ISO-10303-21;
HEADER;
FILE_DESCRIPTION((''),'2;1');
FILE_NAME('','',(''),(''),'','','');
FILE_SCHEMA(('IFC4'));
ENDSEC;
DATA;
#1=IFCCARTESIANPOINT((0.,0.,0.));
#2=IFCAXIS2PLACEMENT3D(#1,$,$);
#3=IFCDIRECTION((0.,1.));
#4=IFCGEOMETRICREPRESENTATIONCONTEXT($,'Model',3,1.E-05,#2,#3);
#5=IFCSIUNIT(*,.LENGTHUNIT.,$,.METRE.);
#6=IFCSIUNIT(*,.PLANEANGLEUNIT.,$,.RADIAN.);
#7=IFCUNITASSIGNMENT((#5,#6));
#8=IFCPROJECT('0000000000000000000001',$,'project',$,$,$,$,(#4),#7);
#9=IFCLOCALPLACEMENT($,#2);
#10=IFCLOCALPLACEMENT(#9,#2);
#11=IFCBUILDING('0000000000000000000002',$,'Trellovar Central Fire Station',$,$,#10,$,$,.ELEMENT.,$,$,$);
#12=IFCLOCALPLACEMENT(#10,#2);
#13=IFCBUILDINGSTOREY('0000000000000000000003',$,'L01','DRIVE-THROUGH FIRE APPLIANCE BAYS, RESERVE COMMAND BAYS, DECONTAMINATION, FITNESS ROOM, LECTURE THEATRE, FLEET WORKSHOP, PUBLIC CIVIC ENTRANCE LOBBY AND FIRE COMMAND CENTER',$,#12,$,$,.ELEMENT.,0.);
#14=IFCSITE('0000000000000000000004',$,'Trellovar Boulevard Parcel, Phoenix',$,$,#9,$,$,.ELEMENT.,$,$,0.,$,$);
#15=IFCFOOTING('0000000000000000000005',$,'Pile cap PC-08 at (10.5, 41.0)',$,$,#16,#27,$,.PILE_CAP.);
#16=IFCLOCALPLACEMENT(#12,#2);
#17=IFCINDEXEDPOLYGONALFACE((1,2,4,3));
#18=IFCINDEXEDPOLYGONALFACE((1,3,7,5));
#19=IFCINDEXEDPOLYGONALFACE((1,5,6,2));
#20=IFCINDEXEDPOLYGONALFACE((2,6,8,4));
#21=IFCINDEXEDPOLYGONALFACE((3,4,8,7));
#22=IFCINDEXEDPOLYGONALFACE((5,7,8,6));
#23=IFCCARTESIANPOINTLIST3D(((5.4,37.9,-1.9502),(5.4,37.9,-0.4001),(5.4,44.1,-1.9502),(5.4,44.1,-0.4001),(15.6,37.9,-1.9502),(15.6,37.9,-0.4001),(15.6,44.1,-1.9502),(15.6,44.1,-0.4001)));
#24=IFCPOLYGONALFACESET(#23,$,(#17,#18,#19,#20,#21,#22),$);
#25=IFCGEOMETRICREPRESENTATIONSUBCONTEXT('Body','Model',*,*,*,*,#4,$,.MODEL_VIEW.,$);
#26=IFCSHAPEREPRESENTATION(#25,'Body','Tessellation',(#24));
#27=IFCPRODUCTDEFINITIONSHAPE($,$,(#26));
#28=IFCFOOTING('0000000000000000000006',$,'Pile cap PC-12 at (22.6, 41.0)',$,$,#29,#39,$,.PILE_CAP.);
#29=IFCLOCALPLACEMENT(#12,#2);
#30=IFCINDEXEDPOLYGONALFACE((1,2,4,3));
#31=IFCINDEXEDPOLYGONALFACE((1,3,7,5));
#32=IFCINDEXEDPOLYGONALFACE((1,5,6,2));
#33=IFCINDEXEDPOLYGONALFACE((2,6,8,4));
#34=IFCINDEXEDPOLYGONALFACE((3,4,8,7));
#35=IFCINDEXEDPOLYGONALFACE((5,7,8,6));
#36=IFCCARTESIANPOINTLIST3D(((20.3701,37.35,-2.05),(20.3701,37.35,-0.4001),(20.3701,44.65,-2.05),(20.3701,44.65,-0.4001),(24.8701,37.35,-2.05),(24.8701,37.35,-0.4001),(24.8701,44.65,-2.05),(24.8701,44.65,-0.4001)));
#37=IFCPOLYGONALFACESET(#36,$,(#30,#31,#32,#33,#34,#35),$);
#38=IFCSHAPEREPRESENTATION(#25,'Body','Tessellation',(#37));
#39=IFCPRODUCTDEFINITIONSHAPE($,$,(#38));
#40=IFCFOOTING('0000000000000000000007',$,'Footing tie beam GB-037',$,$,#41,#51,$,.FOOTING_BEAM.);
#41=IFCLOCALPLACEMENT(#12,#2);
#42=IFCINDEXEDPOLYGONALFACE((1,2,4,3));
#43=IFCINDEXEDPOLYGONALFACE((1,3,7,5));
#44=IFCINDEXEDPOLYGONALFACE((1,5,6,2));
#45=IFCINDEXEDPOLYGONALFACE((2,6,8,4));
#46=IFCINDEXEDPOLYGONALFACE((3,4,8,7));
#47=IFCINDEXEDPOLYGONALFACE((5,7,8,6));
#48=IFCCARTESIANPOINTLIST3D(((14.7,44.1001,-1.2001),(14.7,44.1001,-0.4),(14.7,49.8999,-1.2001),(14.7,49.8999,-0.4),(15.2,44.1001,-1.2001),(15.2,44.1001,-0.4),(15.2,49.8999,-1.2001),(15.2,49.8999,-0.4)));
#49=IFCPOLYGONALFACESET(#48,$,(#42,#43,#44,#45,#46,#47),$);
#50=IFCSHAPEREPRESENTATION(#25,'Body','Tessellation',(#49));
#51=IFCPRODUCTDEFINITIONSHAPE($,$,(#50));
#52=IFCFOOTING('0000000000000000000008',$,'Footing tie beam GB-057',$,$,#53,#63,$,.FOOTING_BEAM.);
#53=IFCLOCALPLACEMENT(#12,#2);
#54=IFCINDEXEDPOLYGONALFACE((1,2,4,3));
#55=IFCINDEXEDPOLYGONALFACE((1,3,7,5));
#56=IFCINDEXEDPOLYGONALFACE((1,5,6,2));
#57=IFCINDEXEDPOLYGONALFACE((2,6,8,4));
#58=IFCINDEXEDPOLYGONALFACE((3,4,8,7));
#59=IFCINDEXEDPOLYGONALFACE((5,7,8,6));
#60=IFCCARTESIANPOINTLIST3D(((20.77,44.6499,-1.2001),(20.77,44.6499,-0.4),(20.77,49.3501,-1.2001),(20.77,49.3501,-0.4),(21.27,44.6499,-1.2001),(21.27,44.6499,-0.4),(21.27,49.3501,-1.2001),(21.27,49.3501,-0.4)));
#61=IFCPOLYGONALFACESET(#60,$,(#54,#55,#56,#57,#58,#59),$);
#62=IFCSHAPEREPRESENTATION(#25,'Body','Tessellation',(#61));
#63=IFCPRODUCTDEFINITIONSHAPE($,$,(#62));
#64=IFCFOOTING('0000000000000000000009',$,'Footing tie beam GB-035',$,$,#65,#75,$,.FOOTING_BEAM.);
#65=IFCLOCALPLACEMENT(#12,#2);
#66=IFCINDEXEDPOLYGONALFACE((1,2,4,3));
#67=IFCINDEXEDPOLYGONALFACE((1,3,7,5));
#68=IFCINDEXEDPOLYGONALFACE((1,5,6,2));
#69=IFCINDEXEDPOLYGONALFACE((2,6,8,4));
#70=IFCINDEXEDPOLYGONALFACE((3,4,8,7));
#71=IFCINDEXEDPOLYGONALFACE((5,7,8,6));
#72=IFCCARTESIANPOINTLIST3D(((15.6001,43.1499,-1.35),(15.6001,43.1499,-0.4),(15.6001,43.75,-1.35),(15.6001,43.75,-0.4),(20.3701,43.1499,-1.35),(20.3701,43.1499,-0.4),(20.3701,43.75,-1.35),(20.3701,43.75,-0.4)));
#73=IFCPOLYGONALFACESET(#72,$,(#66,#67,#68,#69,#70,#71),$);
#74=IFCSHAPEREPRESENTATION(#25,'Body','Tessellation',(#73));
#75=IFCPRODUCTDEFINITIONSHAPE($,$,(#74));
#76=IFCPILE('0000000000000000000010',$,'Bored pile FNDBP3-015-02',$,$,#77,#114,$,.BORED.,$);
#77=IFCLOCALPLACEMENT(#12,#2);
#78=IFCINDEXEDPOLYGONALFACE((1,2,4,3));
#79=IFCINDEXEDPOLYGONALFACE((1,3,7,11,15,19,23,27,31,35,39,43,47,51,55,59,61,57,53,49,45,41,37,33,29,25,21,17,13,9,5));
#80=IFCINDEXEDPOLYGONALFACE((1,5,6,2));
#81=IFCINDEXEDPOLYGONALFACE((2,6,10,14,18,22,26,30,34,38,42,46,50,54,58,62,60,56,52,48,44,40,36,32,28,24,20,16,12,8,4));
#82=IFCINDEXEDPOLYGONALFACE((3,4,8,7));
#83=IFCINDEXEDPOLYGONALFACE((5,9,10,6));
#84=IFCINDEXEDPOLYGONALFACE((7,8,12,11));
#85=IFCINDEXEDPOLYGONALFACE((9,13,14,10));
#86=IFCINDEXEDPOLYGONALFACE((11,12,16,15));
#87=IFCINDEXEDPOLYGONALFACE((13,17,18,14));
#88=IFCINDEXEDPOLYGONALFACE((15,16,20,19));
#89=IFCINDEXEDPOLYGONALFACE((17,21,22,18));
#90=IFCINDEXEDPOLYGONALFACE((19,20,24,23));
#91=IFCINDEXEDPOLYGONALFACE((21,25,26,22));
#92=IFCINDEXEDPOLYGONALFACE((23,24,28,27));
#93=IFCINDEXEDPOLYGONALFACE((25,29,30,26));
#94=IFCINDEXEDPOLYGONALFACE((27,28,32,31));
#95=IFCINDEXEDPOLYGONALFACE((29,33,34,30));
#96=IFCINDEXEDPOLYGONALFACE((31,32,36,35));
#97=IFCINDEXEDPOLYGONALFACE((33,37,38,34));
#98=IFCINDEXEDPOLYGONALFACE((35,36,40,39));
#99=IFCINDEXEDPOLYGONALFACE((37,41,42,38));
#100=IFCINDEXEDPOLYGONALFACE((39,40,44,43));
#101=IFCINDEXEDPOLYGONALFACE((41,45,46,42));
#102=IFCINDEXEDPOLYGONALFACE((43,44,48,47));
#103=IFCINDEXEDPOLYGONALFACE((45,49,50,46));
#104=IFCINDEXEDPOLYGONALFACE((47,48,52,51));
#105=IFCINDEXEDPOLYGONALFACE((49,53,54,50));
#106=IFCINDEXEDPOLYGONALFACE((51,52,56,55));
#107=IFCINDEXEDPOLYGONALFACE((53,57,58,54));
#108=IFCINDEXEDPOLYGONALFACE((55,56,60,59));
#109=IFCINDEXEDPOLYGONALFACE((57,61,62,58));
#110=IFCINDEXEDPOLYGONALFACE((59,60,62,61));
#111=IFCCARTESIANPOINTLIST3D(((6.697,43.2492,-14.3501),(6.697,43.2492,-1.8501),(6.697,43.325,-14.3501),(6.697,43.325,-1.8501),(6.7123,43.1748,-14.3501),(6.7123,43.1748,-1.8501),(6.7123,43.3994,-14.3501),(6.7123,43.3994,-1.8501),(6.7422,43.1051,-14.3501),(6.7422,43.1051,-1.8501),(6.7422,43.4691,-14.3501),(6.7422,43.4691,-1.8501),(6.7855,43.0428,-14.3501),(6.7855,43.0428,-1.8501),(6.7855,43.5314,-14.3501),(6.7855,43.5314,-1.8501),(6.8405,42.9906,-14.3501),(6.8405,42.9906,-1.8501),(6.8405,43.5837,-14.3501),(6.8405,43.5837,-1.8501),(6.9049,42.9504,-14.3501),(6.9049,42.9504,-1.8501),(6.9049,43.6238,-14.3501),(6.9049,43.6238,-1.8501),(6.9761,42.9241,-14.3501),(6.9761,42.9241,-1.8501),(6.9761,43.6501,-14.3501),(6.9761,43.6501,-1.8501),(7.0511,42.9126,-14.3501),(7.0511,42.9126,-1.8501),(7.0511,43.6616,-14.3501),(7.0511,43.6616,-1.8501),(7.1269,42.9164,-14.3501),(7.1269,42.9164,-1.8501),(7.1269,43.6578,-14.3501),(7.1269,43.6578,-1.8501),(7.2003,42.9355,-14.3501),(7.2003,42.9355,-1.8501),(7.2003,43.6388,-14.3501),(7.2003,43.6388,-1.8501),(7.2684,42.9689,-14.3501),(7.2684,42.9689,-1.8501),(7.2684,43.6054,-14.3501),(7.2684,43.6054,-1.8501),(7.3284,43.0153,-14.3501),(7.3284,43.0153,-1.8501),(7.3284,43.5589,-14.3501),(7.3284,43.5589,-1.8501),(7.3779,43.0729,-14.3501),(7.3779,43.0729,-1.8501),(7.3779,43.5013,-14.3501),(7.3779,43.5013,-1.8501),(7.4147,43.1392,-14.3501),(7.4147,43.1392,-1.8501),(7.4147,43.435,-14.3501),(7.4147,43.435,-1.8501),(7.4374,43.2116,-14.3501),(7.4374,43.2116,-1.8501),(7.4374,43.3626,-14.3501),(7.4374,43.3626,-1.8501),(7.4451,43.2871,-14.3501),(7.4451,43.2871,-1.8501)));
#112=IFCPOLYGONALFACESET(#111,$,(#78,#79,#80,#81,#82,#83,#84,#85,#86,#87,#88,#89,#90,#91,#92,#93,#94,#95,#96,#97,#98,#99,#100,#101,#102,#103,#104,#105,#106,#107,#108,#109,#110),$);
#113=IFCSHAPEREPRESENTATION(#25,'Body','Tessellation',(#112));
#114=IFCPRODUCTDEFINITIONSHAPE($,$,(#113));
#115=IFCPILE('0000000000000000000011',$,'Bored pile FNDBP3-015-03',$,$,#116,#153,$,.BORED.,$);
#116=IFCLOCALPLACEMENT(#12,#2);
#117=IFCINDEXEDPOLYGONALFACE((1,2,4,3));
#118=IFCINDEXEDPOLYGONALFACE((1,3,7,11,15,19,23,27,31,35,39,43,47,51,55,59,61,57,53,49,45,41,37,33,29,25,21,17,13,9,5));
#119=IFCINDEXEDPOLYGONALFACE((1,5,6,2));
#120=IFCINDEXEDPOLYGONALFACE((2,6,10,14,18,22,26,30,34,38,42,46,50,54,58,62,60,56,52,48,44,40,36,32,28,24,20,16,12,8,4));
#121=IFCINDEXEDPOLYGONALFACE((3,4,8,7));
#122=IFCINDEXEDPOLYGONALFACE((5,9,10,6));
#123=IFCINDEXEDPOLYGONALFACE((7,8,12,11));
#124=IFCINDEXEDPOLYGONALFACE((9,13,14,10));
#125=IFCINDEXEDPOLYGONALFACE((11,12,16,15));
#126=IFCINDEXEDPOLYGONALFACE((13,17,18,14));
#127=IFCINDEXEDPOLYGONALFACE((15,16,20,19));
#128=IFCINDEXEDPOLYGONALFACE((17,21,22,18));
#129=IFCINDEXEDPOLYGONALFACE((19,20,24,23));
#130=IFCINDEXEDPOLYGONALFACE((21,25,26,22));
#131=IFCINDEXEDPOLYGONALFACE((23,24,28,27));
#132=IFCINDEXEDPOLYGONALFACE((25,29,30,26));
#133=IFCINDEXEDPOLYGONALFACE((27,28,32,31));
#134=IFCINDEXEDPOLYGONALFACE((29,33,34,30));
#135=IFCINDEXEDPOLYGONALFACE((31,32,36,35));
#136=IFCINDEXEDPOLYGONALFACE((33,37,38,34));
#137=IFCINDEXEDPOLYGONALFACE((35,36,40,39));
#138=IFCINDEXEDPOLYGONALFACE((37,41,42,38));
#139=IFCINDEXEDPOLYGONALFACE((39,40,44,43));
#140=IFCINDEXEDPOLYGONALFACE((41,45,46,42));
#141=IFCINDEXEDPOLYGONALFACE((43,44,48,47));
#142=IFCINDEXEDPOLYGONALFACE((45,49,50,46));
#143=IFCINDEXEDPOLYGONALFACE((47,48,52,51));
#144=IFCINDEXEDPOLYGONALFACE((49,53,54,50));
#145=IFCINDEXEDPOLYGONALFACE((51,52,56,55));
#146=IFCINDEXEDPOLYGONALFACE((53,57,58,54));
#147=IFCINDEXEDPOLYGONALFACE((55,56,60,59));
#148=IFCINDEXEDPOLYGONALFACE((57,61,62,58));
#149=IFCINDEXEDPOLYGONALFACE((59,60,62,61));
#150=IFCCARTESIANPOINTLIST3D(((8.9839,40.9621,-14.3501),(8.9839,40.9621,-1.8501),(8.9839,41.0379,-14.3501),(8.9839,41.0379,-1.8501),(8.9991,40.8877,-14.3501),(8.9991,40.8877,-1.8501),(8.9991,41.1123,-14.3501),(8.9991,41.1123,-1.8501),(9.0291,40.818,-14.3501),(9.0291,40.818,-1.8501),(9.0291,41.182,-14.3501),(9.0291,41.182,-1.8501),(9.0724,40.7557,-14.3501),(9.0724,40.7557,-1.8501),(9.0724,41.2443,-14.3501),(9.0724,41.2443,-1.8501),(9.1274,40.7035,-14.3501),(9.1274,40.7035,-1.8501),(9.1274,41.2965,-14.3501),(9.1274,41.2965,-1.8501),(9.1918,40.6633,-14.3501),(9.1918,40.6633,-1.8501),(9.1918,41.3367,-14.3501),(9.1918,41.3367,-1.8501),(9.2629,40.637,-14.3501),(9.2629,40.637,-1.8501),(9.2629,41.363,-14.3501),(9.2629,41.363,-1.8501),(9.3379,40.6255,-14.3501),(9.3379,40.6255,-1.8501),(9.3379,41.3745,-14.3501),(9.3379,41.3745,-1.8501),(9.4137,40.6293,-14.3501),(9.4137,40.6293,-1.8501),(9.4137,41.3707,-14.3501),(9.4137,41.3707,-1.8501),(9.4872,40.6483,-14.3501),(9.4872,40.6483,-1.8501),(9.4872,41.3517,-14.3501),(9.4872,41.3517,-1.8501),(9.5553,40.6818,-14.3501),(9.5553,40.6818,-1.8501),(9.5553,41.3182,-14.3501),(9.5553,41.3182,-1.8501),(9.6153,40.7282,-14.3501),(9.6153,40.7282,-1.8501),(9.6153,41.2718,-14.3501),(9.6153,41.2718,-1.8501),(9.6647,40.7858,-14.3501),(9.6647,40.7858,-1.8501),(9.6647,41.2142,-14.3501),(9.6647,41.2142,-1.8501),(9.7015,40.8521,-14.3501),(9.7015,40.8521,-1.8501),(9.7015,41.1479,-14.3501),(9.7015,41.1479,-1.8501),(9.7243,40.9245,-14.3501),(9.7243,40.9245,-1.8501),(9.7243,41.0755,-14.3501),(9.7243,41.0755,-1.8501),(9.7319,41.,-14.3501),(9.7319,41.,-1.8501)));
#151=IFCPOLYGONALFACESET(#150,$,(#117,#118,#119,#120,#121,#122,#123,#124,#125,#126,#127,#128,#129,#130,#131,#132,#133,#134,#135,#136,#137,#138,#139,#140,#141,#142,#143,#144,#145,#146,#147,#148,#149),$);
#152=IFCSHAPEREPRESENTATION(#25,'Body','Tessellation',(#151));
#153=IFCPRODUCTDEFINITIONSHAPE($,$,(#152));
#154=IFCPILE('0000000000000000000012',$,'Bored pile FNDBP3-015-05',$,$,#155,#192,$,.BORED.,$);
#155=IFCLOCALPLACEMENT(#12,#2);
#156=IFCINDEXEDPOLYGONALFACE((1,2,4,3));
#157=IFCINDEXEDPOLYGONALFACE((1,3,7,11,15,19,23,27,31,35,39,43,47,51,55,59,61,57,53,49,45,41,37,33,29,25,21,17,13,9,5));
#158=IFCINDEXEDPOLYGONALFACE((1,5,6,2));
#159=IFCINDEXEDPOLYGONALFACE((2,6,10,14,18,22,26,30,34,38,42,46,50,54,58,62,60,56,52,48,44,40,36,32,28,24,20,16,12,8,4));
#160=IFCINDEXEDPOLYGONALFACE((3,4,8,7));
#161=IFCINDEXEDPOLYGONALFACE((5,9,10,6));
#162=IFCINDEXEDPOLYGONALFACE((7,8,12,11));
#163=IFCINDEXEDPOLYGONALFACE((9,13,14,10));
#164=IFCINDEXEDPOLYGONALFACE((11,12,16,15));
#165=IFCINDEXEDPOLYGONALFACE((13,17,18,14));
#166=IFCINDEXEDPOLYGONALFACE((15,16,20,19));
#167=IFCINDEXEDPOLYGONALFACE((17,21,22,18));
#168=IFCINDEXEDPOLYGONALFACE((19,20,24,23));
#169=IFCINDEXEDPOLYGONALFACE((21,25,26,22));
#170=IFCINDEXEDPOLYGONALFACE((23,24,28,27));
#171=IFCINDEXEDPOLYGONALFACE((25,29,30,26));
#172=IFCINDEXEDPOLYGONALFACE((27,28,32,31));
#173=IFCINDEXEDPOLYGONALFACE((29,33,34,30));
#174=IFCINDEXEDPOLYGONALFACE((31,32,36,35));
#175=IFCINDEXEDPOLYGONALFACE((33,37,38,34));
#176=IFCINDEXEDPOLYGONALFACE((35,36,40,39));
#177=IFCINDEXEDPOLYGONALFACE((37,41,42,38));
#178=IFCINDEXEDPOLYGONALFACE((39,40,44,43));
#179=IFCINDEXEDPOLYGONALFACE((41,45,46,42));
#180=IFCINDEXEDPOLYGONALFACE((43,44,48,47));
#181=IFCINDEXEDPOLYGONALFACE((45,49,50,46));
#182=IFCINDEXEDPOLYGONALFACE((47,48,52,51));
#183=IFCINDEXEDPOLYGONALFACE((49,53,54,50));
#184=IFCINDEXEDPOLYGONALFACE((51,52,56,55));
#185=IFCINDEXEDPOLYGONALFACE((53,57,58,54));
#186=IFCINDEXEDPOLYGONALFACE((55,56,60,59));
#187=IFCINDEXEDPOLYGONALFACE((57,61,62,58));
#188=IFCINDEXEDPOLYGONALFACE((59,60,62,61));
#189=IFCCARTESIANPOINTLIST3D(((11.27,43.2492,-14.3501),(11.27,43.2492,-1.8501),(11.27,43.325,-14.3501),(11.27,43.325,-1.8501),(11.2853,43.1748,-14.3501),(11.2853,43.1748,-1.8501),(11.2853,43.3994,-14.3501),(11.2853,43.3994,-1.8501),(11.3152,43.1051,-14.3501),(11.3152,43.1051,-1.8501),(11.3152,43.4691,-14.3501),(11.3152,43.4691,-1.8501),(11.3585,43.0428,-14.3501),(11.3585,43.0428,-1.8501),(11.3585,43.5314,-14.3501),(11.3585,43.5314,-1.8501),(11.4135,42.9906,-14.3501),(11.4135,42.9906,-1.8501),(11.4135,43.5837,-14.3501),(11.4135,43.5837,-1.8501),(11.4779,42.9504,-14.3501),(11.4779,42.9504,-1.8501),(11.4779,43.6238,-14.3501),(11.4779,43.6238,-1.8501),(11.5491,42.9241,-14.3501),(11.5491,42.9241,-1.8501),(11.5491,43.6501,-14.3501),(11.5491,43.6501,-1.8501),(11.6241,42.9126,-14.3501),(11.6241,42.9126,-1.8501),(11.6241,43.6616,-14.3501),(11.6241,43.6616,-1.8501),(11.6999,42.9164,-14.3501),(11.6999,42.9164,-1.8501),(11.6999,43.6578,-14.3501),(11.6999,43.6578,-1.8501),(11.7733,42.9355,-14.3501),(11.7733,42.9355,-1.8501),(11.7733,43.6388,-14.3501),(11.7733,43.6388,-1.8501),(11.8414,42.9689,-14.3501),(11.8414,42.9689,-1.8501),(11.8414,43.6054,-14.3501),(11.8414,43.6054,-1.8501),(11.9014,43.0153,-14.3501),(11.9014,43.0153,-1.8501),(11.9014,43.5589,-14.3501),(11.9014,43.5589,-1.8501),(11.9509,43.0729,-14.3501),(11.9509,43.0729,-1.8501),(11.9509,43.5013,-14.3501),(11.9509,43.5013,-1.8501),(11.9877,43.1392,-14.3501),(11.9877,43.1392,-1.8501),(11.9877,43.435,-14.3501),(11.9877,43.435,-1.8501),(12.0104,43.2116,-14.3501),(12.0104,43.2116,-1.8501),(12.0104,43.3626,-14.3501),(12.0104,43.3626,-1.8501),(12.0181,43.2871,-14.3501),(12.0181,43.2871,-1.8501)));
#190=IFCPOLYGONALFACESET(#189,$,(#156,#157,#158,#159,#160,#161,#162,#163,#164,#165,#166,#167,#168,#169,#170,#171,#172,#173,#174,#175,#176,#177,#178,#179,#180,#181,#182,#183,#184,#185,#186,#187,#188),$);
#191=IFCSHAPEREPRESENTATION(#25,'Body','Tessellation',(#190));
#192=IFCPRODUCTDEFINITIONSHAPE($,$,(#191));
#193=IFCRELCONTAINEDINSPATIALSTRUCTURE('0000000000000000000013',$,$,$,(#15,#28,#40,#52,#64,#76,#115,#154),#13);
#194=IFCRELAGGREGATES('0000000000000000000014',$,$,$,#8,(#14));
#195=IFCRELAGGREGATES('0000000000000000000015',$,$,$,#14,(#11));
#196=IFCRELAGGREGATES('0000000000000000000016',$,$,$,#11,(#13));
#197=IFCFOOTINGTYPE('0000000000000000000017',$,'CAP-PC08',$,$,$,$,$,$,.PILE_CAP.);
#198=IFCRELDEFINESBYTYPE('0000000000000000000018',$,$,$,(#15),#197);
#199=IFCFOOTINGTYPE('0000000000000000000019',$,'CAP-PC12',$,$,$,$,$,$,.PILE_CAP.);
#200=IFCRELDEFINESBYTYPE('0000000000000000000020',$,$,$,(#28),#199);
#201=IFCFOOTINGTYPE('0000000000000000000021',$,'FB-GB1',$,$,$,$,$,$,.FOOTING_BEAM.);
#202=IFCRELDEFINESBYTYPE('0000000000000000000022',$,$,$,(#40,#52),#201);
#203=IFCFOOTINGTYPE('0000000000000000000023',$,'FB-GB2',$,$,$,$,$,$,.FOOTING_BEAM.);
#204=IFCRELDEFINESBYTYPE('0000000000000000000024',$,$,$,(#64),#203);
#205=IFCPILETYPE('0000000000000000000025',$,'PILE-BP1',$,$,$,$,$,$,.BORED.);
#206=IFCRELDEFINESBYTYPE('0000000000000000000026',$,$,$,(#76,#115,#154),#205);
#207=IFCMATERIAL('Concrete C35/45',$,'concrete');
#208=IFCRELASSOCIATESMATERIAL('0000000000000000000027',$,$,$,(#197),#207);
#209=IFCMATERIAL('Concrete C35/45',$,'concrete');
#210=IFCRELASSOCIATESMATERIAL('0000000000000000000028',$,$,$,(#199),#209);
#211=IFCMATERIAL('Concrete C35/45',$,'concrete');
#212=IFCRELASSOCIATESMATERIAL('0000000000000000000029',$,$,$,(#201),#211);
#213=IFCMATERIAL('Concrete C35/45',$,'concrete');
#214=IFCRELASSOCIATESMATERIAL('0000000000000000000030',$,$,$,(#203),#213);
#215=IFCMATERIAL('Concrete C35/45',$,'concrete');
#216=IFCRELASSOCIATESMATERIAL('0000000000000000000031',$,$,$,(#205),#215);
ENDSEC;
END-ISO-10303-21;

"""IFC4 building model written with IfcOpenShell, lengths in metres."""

from ifc_helpers import new_model, si_unit, direction, frame, origin, origin_2d, place, context, subcontext, project, spatial, rectangle, circle, extrude, material, material_profile, profile_set, type_object, element, save


model = new_model("IFC4")

# Units and contexts
model_context = context("Model", 3, precision=1e-05, world=origin(), true_north=direction((0.0, 1.0)))
body_context = subcontext(model_context, "Body", "Model", "MODEL_VIEW")
ifc_project = project(units=[si_unit("LENGTHUNIT", "METRE"), si_unit("PLANEANGLEUNIT", "RADIAN")], contexts=[model_context])

# Site, building, storey
site_placement = place(None, origin())
site = spatial("IfcSite", under=ifc_project, at=site_placement, Name="Trellovar Boulevard Parcel, Phoenix", CompositionType="ELEMENT", RefElevation=0.0)
building_placement = place(site_placement, origin())
building = spatial("IfcBuilding", under=site, at=building_placement, Name="Trellovar Central Fire Station", CompositionType="ELEMENT")
storey_placement = place(building_placement, origin())
storey = spatial("IfcBuildingStorey", under=building, at=storey_placement, Name="L01", Description="DRIVE-THROUGH FIRE APPLIANCE BAYS, RESERVE COMMAND BAYS, DECONTAMINATION, FITNESS ROOM, LECTURE THEATRE, FLEET WORKSHOP, PUBLIC CIVIC ENTRANCE LOBBY AND FIRE COMMAND CENTER", CompositionType="ELEMENT", Elevation=0.0)

# Footings
ifc_material_1 = material(Name="Concrete C35/45", Category="concrete")
footing_type_1 = type_object("IfcFootingType", Name="CAP-PC08", PredefinedType="PILE_CAP", material=ifc_material_1)
footing_1_placement = place(storey_placement, frame((10.5, 41.0, -1.9502), z_axis=(0.0, 0.0, 1.0), x_axis=(1.0, 0.0, 0.0)))
element("IfcFooting", 1, at=footing_1_placement, inside=storey, type_object=footing_type_1, Name="Pile cap PC-08 at (10.5, 41.0)", PredefinedType="PILE_CAP", context=body_context, shape_type="SweptSolid", body=[
    extrude(rectangle(XDim=10.2, YDim=6.2, at=origin_2d()), origin(), (0.0, 0.0, 1.0), 1.55),
])
ifc_material_2 = material(Name="Concrete C35/45", Category="concrete")
footing_type_2 = type_object("IfcFootingType", Name="CAP-PC12", PredefinedType="PILE_CAP", material=ifc_material_2)
footing_2_placement = place(storey_placement, frame((22.6201, 41.0, -2.05), z_axis=(0.0, 0.0, 1.0), x_axis=(1.0, 0.0, 0.0)))
element("IfcFooting", 2, at=footing_2_placement, inside=storey, type_object=footing_type_2, Name="Pile cap PC-12 at (22.6, 41.0)", PredefinedType="PILE_CAP", context=body_context, shape_type="SweptSolid", body=[
    extrude(rectangle(XDim=4.5, YDim=7.3, at=origin_2d()), origin(), (0.0, 0.0, 1.0), 1.6499),
])
ifc_material_3 = material(Name="Concrete C35/45", Category="concrete")
ifc_material_profile_1 = material_profile(ifc_material_3, rectangle(XDim=0.5, YDim=0.8, at=origin_2d()), Name="RC500X800")
ifc_profile_set_1 = profile_set([ifc_material_profile_1], Name="Concrete C35/45")
footing_type_3 = type_object("IfcFootingType", Name="FB-GB1", PredefinedType="FOOTING_BEAM", material=ifc_profile_set_1)
footing_3_placement = place(storey_placement, frame((14.95, 44.1001, -0.8), z_axis=(0.0, 1.0, 0.0), x_axis=(-1.0, 0.0, 0.0)))
element("IfcFooting", 3, at=footing_3_placement, inside=storey, type_object=footing_type_3, Name="Footing tie beam GB-037", PredefinedType="FOOTING_BEAM", context=body_context, shape_type="SweptSolid", body=[
    extrude(rectangle(XDim=0.5, YDim=0.8, at=origin_2d()), origin(), (0.0, 0.0, 1.0), 5.7998),
])
footing_4_placement = place(storey_placement, frame((21.02, 44.6499, -0.8), z_axis=(0.0, 1.0, 0.0), x_axis=(-1.0, 0.0, 0.0)))
element("IfcFooting", 4, at=footing_4_placement, inside=storey, type_object=footing_type_3, Name="Footing tie beam GB-057", PredefinedType="FOOTING_BEAM", context=body_context, shape_type="SweptSolid", body=[
    extrude(rectangle(XDim=0.5, YDim=0.8, at=origin_2d()), origin(), (0.0, 0.0, 1.0), 4.7002),
])
ifc_material_4 = material(Name="Concrete C35/45", Category="concrete")
ifc_material_profile_2 = material_profile(ifc_material_4, rectangle(XDim=0.6001, YDim=0.95, at=origin_2d()), Name="RC600X950")
ifc_profile_set_2 = profile_set([ifc_material_profile_2], Name="Concrete C35/45")
footing_type_4 = type_object("IfcFootingType", Name="FB-GB2", PredefinedType="FOOTING_BEAM", material=ifc_profile_set_2)
footing_5_placement = place(storey_placement, frame((15.6001, 43.45, -0.875), z_axis=(1.0, 0.0, 0.0), x_axis=(0.0, 1.0, 0.0)))
element("IfcFooting", 5, at=footing_5_placement, inside=storey, type_object=footing_type_4, Name="Footing tie beam GB-035", PredefinedType="FOOTING_BEAM", context=body_context, shape_type="SweptSolid", body=[
    extrude(rectangle(XDim=0.6001, YDim=0.95, at=origin_2d()), origin(), (0.0, 0.0, 1.0), 4.77),
])

# Piles
ifc_material_5 = material(Name="Concrete C35/45", Category="concrete")
ifc_material_profile_3 = material_profile(ifc_material_5, circle(Radius=0.375, at=origin_2d()), Name="PILE750")
ifc_profile_set_3 = profile_set([ifc_material_profile_3], Name="Concrete C35/45")
pile_type_1 = type_object("IfcPileType", Name="PILE-BP1", PredefinedType="BORED", material=ifc_profile_set_3)
for number, where, z_axis, x_axis, name in (
    (6, (7.0701, 43.2871, -1.8501), (0.0, 0.0, -1.0), (1.0, 0.0, 0.0), "Bored pile FNDBP3-015-02"),
    (7, (9.3569, 41.0, -1.8501), (0.0, 0.0, -1.0), (1.0, 0.0, 0.0), "Bored pile FNDBP3-015-03"),
    (8, (11.6431, 43.2871, -1.8501), (0.0, 0.0, -1.0), (1.0, 0.0, 0.0), "Bored pile FNDBP3-015-05"),
):
    element("IfcPile", number, at=place(storey_placement, frame(where, z_axis=z_axis, x_axis=x_axis)), inside=storey, type_object=pile_type_1, Name=name, PredefinedType="BORED", context=body_context, shape_type="SweptSolid", body=[
        extrude(circle(Radius=0.375, at=origin_2d()), origin(), (0.0, 0.0, 1.0), 12.5),
    ])

save(model, "model.ifc")
